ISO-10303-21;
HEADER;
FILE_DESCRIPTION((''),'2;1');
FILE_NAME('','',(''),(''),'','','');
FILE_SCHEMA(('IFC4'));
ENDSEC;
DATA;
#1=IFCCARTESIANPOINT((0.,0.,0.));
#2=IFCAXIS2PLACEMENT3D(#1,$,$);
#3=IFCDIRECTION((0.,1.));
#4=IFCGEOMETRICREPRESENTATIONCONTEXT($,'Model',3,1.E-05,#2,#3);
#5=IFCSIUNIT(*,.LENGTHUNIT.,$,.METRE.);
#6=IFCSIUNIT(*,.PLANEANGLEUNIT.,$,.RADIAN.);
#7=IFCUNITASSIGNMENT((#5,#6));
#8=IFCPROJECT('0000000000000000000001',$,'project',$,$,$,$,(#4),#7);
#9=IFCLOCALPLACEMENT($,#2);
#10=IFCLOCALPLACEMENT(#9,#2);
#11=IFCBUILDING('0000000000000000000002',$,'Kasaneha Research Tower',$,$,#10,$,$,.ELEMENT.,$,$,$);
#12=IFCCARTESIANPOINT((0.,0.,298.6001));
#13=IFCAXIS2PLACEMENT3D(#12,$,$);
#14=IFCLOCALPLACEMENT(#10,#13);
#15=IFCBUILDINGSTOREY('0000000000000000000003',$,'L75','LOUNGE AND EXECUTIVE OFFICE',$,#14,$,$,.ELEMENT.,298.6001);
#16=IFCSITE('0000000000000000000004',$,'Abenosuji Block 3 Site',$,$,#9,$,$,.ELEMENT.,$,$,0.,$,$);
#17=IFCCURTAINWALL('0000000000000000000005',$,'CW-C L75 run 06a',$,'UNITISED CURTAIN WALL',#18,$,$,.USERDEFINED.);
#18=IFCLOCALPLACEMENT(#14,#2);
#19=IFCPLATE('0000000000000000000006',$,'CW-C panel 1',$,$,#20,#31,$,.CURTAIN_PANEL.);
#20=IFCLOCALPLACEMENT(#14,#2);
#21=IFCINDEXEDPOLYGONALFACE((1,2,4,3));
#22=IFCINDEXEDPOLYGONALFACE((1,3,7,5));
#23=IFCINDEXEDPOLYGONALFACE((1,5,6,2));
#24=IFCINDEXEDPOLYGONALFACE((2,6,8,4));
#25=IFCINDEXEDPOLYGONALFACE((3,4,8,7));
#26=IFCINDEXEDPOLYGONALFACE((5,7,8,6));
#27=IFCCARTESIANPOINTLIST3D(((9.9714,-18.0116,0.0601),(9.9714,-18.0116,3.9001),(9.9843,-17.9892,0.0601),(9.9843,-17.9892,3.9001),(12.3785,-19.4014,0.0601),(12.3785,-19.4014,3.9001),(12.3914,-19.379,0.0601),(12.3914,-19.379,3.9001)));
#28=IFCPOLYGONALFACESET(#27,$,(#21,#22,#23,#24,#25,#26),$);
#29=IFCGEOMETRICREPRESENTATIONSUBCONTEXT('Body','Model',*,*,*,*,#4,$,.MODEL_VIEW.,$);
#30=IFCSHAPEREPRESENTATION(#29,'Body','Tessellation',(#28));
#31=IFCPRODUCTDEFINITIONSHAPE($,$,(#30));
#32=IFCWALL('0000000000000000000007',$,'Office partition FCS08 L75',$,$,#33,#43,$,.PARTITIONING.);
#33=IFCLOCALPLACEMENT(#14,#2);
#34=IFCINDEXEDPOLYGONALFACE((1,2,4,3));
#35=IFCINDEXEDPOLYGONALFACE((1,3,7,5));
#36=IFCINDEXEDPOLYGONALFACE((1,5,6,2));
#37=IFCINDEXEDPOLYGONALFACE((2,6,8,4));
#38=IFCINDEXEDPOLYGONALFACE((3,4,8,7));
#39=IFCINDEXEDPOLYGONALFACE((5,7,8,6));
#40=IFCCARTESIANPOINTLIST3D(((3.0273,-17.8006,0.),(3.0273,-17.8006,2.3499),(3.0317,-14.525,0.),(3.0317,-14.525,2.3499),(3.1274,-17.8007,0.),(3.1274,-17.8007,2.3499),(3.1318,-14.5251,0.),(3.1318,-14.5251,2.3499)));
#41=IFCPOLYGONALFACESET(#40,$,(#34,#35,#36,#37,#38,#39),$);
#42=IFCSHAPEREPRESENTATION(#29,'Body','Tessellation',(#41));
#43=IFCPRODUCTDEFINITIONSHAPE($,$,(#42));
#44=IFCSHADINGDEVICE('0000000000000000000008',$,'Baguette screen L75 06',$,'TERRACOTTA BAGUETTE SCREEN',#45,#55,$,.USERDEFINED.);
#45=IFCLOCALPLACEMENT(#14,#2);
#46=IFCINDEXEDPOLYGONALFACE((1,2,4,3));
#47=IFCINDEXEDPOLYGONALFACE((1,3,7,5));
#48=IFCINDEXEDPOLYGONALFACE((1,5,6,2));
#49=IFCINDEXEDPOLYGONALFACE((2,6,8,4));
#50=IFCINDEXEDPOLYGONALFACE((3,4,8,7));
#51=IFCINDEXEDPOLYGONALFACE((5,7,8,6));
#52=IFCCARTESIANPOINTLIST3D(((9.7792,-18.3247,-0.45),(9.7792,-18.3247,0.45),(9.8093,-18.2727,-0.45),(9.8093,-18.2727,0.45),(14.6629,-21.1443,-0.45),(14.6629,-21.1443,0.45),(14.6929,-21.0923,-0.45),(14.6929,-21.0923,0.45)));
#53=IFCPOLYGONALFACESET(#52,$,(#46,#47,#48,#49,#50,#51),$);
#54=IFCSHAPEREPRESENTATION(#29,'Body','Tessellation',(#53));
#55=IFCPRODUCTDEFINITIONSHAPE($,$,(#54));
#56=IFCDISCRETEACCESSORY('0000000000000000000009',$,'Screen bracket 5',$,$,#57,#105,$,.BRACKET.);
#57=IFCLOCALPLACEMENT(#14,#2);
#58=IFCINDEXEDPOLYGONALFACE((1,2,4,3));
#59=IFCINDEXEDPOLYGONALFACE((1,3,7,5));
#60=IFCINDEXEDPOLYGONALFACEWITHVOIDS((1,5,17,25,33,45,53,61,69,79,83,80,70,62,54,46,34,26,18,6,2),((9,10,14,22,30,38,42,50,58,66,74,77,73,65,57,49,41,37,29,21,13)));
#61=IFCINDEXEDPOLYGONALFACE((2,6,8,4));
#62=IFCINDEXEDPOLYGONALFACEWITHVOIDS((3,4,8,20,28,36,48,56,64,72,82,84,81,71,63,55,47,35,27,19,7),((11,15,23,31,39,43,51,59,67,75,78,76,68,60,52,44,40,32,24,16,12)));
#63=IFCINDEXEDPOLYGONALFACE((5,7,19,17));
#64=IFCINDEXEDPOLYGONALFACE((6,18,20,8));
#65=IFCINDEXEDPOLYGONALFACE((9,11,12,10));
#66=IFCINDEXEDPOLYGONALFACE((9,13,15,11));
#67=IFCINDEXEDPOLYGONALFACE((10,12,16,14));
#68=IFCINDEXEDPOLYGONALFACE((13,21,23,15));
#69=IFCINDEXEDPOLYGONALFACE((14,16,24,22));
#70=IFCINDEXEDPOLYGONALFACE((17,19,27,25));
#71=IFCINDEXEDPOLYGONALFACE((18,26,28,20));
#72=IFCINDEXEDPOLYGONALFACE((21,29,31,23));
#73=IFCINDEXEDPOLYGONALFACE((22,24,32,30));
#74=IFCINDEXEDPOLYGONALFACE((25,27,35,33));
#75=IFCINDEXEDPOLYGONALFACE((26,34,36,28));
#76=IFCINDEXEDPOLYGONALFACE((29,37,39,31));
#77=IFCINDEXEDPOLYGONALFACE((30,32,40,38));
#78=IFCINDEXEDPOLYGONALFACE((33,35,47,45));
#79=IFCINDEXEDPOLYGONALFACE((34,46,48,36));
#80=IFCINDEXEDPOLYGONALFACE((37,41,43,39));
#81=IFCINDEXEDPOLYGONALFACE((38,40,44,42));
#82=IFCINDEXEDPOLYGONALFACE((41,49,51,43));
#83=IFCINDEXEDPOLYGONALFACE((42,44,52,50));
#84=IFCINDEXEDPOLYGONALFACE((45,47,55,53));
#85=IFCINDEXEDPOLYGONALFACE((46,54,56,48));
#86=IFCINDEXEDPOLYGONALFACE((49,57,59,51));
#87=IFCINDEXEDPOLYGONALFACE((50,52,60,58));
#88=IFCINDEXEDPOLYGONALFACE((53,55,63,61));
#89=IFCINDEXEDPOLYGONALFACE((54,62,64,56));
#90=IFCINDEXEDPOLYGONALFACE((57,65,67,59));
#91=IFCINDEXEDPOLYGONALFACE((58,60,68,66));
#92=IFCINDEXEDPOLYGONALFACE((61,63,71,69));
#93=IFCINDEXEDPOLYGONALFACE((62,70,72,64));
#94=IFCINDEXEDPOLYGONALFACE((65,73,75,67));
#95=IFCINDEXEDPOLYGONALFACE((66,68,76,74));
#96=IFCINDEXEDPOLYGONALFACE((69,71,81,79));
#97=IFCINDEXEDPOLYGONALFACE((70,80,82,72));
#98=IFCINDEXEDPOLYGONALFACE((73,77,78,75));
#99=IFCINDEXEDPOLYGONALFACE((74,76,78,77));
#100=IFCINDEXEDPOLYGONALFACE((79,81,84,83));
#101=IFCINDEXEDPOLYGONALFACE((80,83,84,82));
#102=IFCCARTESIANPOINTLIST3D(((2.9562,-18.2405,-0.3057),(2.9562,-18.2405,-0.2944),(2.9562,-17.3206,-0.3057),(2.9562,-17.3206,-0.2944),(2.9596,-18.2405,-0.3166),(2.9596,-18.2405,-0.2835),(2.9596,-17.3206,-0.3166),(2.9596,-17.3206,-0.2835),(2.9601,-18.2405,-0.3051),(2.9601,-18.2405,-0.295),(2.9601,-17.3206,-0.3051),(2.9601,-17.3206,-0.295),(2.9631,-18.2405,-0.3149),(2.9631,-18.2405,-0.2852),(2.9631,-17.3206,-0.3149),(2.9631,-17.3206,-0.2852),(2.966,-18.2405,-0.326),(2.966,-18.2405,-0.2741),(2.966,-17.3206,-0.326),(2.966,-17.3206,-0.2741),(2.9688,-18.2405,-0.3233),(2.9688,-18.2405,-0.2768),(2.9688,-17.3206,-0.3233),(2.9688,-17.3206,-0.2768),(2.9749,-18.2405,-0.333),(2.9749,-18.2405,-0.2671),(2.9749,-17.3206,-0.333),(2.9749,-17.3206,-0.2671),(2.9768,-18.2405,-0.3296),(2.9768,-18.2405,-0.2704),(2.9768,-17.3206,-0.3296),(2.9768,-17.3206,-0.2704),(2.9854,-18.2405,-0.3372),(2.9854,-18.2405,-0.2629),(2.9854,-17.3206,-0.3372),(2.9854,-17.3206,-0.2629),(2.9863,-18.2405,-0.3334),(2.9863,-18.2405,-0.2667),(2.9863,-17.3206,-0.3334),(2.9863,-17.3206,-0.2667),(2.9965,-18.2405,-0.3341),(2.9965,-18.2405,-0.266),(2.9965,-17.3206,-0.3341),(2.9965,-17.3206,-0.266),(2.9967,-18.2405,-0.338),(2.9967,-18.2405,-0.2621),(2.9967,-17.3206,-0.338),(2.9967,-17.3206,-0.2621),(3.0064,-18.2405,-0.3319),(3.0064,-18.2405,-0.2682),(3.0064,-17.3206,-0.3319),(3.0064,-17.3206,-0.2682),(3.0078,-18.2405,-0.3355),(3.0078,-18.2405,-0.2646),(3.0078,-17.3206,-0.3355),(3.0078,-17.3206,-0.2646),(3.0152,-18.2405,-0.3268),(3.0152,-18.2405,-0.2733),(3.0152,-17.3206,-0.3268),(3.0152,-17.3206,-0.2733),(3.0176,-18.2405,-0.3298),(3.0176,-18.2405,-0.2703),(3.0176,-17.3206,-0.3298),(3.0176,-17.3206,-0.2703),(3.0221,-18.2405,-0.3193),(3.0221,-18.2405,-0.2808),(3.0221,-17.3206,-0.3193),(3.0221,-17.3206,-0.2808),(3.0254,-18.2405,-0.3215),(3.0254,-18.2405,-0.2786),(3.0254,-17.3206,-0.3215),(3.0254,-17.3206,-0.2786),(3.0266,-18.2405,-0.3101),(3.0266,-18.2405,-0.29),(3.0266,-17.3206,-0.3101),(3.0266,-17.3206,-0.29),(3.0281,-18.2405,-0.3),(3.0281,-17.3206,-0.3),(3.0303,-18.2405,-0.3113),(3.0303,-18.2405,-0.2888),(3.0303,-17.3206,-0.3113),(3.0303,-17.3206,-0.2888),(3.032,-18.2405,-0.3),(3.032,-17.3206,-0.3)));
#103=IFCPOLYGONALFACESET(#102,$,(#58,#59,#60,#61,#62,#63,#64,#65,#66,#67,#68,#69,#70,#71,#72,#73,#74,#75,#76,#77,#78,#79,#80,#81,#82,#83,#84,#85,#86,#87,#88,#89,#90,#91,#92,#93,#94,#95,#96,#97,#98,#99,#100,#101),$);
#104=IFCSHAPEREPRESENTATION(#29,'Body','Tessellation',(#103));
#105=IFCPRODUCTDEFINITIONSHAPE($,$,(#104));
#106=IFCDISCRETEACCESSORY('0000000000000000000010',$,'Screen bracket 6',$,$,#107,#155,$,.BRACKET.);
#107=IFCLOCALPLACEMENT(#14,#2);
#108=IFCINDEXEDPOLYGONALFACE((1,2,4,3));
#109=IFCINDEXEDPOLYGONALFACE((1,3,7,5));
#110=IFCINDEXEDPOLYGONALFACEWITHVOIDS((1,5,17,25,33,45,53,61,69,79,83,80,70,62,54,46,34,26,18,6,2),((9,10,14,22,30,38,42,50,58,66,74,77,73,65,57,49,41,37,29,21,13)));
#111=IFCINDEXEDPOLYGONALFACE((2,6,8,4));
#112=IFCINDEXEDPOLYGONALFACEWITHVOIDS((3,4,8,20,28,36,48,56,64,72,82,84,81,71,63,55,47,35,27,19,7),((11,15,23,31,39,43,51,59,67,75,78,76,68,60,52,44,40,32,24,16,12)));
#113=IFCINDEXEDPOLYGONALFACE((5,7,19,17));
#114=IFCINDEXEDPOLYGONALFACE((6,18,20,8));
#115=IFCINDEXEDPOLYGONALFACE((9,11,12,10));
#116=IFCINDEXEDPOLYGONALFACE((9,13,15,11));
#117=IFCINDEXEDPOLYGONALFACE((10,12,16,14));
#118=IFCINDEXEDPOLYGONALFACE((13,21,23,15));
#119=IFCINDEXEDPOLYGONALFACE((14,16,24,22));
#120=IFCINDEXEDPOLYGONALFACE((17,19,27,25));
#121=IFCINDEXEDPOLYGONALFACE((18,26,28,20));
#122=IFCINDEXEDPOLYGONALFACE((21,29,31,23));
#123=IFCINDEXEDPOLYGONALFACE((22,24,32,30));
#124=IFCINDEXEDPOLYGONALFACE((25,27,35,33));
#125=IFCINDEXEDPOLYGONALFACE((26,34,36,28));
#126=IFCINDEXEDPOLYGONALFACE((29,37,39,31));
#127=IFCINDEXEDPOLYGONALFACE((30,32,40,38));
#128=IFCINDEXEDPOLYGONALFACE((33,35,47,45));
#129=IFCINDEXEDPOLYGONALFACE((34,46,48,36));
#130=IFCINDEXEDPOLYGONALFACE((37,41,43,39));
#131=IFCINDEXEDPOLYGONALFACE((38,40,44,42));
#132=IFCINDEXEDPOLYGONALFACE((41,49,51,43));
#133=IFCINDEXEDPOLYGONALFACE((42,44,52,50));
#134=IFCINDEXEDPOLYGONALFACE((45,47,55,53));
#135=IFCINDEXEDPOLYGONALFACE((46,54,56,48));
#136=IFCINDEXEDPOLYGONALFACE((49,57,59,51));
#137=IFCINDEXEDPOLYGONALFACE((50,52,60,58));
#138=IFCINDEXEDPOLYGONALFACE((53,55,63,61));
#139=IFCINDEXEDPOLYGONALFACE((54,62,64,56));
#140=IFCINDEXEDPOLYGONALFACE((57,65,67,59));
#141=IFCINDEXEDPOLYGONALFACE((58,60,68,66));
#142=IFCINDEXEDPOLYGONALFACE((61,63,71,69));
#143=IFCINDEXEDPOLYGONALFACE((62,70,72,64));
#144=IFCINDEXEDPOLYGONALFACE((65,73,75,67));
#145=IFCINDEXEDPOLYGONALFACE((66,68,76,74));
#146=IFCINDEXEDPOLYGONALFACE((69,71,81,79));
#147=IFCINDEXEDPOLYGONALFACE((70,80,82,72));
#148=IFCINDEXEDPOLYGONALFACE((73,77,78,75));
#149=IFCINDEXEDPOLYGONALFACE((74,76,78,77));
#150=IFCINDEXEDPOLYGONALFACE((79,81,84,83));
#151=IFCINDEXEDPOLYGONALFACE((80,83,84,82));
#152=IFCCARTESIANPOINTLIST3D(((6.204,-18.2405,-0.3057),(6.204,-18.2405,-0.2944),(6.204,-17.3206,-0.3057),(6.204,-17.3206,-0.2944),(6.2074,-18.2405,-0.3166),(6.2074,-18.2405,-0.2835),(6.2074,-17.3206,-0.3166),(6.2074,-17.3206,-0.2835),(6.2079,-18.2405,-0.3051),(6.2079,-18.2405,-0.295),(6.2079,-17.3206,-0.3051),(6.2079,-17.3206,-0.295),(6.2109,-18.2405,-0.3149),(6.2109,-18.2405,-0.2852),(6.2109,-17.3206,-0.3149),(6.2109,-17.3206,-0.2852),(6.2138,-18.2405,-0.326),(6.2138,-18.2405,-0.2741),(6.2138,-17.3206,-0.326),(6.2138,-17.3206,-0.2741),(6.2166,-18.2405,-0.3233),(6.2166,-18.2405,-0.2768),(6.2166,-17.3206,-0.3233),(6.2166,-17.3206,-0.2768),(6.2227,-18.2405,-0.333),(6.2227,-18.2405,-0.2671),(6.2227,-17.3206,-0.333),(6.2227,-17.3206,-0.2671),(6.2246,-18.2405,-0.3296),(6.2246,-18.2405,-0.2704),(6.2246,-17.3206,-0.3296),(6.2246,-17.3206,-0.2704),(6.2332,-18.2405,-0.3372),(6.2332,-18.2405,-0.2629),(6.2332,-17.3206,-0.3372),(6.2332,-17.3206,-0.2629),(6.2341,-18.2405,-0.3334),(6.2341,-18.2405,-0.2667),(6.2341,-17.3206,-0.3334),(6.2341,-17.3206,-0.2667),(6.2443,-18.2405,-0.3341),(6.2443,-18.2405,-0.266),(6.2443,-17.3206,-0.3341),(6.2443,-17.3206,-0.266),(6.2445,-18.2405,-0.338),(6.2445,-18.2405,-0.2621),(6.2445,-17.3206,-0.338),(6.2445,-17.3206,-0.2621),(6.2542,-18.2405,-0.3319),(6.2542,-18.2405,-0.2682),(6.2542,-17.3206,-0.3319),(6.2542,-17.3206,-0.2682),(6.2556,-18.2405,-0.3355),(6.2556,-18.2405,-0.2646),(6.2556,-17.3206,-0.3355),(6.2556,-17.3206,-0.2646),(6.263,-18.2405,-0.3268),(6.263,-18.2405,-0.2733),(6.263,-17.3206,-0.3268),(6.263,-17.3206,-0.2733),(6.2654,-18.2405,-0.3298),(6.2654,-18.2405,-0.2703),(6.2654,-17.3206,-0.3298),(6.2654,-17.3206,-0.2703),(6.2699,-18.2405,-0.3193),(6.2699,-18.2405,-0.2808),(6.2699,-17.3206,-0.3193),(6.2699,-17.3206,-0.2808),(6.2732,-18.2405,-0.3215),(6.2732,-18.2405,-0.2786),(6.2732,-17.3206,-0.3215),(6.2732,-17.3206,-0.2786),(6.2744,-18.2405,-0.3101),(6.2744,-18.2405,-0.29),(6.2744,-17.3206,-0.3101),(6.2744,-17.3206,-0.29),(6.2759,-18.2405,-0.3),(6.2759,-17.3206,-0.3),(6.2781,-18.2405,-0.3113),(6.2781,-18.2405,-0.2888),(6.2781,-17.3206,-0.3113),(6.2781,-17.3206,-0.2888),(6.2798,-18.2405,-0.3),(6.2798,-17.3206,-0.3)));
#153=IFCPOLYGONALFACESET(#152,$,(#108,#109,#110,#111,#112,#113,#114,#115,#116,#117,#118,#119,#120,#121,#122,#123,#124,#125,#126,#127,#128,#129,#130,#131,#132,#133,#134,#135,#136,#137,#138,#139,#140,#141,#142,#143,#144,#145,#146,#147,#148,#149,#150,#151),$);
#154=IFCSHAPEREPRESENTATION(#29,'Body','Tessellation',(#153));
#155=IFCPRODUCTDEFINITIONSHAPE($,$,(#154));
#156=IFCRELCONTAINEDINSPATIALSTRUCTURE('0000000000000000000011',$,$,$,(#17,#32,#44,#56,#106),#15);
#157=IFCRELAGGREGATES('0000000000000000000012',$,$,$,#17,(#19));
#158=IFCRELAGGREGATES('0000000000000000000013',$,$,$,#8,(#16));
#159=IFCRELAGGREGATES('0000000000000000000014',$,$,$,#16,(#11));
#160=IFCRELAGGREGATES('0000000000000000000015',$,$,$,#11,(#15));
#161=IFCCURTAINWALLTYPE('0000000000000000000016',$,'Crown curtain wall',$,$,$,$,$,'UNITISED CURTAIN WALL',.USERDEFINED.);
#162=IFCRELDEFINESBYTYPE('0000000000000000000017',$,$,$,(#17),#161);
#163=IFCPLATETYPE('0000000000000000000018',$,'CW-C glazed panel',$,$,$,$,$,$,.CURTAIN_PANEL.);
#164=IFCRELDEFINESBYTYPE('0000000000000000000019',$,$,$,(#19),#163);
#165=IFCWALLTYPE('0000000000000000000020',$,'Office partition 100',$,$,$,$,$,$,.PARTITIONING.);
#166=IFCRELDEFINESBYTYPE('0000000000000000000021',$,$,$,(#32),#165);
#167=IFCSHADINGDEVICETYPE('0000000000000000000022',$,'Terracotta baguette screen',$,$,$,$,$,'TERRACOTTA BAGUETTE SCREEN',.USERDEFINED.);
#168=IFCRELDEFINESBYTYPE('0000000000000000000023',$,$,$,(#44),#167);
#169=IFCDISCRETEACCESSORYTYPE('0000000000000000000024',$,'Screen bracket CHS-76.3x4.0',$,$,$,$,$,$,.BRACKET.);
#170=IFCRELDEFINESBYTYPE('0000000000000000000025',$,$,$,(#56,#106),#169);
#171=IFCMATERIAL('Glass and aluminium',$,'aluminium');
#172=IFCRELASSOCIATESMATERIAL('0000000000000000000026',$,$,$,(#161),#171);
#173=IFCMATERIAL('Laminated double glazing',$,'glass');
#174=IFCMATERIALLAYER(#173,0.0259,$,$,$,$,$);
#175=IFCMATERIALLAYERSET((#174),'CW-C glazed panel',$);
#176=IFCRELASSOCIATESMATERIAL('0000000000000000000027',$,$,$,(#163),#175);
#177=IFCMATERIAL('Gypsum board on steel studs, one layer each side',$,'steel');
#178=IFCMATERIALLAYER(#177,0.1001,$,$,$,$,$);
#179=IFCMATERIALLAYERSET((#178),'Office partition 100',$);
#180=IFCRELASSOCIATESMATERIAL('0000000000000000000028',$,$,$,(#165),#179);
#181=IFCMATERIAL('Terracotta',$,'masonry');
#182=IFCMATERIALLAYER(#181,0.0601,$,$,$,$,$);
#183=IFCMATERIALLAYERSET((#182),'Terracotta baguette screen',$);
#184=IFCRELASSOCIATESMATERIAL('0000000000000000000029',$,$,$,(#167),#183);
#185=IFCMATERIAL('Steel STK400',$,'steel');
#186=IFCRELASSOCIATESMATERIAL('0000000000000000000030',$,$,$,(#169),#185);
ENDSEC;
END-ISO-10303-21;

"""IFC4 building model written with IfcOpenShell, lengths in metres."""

from ifc_helpers import new_model, si_unit, direction, frame, frame_2d, origin, origin_2d, place, context, subcontext, project, spatial, rectangle, hollow_circle, extrude, material, layer, layer_set, material_profile, profile_set, type_object, element, aggregate, save


model = new_model("IFC4")

# Units and contexts
model_context = context("Model", 3, precision=1e-05, world=origin(), true_north=direction((0.0, 1.0)))
body_context = subcontext(model_context, "Body", "Model", "MODEL_VIEW")
ifc_project = project(units=[si_unit("LENGTHUNIT", "METRE"), si_unit("PLANEANGLEUNIT", "RADIAN")], contexts=[model_context])

# Site, building, storey
site_placement = place(None, origin())
site = spatial("IfcSite", under=ifc_project, at=site_placement, Name="Abenosuji Block 3 Site", CompositionType="ELEMENT", RefElevation=0.0)
building_placement = place(site_placement, origin())
building = spatial("IfcBuilding", under=site, at=building_placement, Name="Kasaneha Research Tower", CompositionType="ELEMENT")
storey_placement = place(building_placement, frame((0.0, 0.0, 298.6001)))
storey = spatial("IfcBuildingStorey", under=building, at=storey_placement, Name="L75", Description="LOUNGE AND EXECUTIVE OFFICE", CompositionType="ELEMENT", Elevation=298.6001)

# Curtain wall
ifc_material_1 = material(Name="Glass and aluminium", Category="aluminium")
curtain_wall_type = type_object("IfcCurtainWallType", Name="Crown curtain wall", ElementType="UNITISED CURTAIN WALL", PredefinedType="USERDEFINED", material=ifc_material_1)
curtain_wall_1_placement = place(storey_placement, origin())
curtain_wall_1 = element("IfcCurtainWall", 1, at=curtain_wall_1_placement, inside=storey, type_object=curtain_wall_type, Name="CW-C L75 run 06a", ObjectType="UNITISED CURTAIN WALL", PredefinedType="USERDEFINED")

# Plate
ifc_material_2 = material(Name="Laminated double glazing", Category="glass")
ifc_layer_1 = layer(ifc_material_2, 0.0259)
ifc_layer_set_1 = layer_set([ifc_layer_1], Name="CW-C glazed panel")
plate_type = type_object("IfcPlateType", Name="CW-C glazed panel", PredefinedType="CURTAIN_PANEL", material=ifc_layer_set_1)
plate_1_placement = place(storey_placement, frame((11.1814, -18.6953, 0.0601), z_axis=(0.0, 0.0, 1.0), x_axis=(0.866025, -0.5, 0.0)))
plate_1 = element("IfcPlate", 2, at=plate_1_placement, type_object=plate_type, Name="CW-C panel 1", PredefinedType="CURTAIN_PANEL", context=body_context, shape_type="SweptSolid", body=[
    extrude(rectangle(XDim=2.7795, YDim=0.0259, at=origin_2d()), origin(), (0.0, 0.0, 1.0), 3.8401),
])
aggregate(curtain_wall_1, [plate_1])

# Wall
ifc_material_3 = material(Name="Gypsum board on steel studs, one layer each side", Category="steel")
ifc_layer_2 = layer(ifc_material_3, 0.1001)
ifc_layer_set_2 = layer_set([ifc_layer_2], Name="Office partition 100")
wall_type = type_object("IfcWallType", Name="Office partition 100", PredefinedType="PARTITIONING", material=ifc_layer_set_2)
wall_placement = place(storey_placement, frame((3.0774, -17.8005, 0.0), z_axis=(0.0, 0.0, 1.0), x_axis=(0.001342, 0.999999, 0.0)))
element("IfcWall", 3, at=wall_placement, inside=storey, type_object=wall_type, Name="Office partition FCS08 L75", PredefinedType="PARTITIONING", context=body_context, shape_type="SweptSolid", body=[
    extrude(rectangle(XDim=3.2756, YDim=0.1001, at=frame_2d((1.6377, 0.0))), origin(), (0.0, 0.0, 1.0), 2.3499),
])

# Shading device
ifc_material_4 = material(Name="Terracotta", Category="masonry")
ifc_layer_3 = layer(ifc_material_4, 0.0601)
ifc_layer_set_3 = layer_set([ifc_layer_3], Name="Terracotta baguette screen")
shading_device_type = type_object("IfcShadingDeviceType", Name="Terracotta baguette screen", ElementType="TERRACOTTA BAGUETTE SCREEN", PredefinedType="USERDEFINED", material=ifc_layer_set_3)
shading_device_placement = place(storey_placement, frame((12.2361, -19.7085, -0.45), z_axis=(0.0, 0.0, 1.0), x_axis=(0.866025, -0.5, 0.0)))
element("IfcShadingDevice", 4, at=shading_device_placement, inside=storey, type_object=shading_device_type, Name="Baguette screen L75 06", ObjectType="TERRACOTTA BAGUETTE SCREEN", PredefinedType="USERDEFINED", context=body_context, shape_type="SweptSolid", body=[
    extrude(rectangle(XDim=5.6392, YDim=0.0601, at=origin_2d()), origin(), (0.0, 0.0, 1.0), 0.8999),
])

# Discrete accessories
ifc_material_5 = material(Name="Steel STK400", Category="steel")
ifc_material_profile_1 = material_profile(ifc_material_5, hollow_circle(Radius=0.0381, WallThickness=0.0039, at=origin_2d()), Name="CHS-76.3x4.0")
ifc_profile_set_1 = profile_set([ifc_material_profile_1], Name="Steel STK400")
discrete_accessory_type = type_object("IfcDiscreteAccessoryType", Name="Screen bracket CHS-76.3x4.0", PredefinedType="BRACKET", material=ifc_profile_set_1)
for number, where, z_axis, x_axis, name in (
    (5, (2.9939, -17.3206, -0.3), (0.0, -1.0, 0.0), (1.0, 0.0, 0.0), "Screen bracket 5"),
    (6, (6.2417, -17.3206, -0.3), (0.0, -1.0, 0.0), (1.0, 0.0, 0.0), "Screen bracket 6"),
):
    element("IfcDiscreteAccessory", number, at=place(storey_placement, frame(where, z_axis=z_axis, x_axis=x_axis)), inside=storey, type_object=discrete_accessory_type, Name=name, PredefinedType="BRACKET", context=body_context, shape_type="SweptSolid", body=[
        extrude(hollow_circle(Radius=0.0381, WallThickness=0.0039, at=origin_2d()), origin(), (0.0, 0.0, 1.0), 0.9199),
    ])

save(model, "model.ifc")
